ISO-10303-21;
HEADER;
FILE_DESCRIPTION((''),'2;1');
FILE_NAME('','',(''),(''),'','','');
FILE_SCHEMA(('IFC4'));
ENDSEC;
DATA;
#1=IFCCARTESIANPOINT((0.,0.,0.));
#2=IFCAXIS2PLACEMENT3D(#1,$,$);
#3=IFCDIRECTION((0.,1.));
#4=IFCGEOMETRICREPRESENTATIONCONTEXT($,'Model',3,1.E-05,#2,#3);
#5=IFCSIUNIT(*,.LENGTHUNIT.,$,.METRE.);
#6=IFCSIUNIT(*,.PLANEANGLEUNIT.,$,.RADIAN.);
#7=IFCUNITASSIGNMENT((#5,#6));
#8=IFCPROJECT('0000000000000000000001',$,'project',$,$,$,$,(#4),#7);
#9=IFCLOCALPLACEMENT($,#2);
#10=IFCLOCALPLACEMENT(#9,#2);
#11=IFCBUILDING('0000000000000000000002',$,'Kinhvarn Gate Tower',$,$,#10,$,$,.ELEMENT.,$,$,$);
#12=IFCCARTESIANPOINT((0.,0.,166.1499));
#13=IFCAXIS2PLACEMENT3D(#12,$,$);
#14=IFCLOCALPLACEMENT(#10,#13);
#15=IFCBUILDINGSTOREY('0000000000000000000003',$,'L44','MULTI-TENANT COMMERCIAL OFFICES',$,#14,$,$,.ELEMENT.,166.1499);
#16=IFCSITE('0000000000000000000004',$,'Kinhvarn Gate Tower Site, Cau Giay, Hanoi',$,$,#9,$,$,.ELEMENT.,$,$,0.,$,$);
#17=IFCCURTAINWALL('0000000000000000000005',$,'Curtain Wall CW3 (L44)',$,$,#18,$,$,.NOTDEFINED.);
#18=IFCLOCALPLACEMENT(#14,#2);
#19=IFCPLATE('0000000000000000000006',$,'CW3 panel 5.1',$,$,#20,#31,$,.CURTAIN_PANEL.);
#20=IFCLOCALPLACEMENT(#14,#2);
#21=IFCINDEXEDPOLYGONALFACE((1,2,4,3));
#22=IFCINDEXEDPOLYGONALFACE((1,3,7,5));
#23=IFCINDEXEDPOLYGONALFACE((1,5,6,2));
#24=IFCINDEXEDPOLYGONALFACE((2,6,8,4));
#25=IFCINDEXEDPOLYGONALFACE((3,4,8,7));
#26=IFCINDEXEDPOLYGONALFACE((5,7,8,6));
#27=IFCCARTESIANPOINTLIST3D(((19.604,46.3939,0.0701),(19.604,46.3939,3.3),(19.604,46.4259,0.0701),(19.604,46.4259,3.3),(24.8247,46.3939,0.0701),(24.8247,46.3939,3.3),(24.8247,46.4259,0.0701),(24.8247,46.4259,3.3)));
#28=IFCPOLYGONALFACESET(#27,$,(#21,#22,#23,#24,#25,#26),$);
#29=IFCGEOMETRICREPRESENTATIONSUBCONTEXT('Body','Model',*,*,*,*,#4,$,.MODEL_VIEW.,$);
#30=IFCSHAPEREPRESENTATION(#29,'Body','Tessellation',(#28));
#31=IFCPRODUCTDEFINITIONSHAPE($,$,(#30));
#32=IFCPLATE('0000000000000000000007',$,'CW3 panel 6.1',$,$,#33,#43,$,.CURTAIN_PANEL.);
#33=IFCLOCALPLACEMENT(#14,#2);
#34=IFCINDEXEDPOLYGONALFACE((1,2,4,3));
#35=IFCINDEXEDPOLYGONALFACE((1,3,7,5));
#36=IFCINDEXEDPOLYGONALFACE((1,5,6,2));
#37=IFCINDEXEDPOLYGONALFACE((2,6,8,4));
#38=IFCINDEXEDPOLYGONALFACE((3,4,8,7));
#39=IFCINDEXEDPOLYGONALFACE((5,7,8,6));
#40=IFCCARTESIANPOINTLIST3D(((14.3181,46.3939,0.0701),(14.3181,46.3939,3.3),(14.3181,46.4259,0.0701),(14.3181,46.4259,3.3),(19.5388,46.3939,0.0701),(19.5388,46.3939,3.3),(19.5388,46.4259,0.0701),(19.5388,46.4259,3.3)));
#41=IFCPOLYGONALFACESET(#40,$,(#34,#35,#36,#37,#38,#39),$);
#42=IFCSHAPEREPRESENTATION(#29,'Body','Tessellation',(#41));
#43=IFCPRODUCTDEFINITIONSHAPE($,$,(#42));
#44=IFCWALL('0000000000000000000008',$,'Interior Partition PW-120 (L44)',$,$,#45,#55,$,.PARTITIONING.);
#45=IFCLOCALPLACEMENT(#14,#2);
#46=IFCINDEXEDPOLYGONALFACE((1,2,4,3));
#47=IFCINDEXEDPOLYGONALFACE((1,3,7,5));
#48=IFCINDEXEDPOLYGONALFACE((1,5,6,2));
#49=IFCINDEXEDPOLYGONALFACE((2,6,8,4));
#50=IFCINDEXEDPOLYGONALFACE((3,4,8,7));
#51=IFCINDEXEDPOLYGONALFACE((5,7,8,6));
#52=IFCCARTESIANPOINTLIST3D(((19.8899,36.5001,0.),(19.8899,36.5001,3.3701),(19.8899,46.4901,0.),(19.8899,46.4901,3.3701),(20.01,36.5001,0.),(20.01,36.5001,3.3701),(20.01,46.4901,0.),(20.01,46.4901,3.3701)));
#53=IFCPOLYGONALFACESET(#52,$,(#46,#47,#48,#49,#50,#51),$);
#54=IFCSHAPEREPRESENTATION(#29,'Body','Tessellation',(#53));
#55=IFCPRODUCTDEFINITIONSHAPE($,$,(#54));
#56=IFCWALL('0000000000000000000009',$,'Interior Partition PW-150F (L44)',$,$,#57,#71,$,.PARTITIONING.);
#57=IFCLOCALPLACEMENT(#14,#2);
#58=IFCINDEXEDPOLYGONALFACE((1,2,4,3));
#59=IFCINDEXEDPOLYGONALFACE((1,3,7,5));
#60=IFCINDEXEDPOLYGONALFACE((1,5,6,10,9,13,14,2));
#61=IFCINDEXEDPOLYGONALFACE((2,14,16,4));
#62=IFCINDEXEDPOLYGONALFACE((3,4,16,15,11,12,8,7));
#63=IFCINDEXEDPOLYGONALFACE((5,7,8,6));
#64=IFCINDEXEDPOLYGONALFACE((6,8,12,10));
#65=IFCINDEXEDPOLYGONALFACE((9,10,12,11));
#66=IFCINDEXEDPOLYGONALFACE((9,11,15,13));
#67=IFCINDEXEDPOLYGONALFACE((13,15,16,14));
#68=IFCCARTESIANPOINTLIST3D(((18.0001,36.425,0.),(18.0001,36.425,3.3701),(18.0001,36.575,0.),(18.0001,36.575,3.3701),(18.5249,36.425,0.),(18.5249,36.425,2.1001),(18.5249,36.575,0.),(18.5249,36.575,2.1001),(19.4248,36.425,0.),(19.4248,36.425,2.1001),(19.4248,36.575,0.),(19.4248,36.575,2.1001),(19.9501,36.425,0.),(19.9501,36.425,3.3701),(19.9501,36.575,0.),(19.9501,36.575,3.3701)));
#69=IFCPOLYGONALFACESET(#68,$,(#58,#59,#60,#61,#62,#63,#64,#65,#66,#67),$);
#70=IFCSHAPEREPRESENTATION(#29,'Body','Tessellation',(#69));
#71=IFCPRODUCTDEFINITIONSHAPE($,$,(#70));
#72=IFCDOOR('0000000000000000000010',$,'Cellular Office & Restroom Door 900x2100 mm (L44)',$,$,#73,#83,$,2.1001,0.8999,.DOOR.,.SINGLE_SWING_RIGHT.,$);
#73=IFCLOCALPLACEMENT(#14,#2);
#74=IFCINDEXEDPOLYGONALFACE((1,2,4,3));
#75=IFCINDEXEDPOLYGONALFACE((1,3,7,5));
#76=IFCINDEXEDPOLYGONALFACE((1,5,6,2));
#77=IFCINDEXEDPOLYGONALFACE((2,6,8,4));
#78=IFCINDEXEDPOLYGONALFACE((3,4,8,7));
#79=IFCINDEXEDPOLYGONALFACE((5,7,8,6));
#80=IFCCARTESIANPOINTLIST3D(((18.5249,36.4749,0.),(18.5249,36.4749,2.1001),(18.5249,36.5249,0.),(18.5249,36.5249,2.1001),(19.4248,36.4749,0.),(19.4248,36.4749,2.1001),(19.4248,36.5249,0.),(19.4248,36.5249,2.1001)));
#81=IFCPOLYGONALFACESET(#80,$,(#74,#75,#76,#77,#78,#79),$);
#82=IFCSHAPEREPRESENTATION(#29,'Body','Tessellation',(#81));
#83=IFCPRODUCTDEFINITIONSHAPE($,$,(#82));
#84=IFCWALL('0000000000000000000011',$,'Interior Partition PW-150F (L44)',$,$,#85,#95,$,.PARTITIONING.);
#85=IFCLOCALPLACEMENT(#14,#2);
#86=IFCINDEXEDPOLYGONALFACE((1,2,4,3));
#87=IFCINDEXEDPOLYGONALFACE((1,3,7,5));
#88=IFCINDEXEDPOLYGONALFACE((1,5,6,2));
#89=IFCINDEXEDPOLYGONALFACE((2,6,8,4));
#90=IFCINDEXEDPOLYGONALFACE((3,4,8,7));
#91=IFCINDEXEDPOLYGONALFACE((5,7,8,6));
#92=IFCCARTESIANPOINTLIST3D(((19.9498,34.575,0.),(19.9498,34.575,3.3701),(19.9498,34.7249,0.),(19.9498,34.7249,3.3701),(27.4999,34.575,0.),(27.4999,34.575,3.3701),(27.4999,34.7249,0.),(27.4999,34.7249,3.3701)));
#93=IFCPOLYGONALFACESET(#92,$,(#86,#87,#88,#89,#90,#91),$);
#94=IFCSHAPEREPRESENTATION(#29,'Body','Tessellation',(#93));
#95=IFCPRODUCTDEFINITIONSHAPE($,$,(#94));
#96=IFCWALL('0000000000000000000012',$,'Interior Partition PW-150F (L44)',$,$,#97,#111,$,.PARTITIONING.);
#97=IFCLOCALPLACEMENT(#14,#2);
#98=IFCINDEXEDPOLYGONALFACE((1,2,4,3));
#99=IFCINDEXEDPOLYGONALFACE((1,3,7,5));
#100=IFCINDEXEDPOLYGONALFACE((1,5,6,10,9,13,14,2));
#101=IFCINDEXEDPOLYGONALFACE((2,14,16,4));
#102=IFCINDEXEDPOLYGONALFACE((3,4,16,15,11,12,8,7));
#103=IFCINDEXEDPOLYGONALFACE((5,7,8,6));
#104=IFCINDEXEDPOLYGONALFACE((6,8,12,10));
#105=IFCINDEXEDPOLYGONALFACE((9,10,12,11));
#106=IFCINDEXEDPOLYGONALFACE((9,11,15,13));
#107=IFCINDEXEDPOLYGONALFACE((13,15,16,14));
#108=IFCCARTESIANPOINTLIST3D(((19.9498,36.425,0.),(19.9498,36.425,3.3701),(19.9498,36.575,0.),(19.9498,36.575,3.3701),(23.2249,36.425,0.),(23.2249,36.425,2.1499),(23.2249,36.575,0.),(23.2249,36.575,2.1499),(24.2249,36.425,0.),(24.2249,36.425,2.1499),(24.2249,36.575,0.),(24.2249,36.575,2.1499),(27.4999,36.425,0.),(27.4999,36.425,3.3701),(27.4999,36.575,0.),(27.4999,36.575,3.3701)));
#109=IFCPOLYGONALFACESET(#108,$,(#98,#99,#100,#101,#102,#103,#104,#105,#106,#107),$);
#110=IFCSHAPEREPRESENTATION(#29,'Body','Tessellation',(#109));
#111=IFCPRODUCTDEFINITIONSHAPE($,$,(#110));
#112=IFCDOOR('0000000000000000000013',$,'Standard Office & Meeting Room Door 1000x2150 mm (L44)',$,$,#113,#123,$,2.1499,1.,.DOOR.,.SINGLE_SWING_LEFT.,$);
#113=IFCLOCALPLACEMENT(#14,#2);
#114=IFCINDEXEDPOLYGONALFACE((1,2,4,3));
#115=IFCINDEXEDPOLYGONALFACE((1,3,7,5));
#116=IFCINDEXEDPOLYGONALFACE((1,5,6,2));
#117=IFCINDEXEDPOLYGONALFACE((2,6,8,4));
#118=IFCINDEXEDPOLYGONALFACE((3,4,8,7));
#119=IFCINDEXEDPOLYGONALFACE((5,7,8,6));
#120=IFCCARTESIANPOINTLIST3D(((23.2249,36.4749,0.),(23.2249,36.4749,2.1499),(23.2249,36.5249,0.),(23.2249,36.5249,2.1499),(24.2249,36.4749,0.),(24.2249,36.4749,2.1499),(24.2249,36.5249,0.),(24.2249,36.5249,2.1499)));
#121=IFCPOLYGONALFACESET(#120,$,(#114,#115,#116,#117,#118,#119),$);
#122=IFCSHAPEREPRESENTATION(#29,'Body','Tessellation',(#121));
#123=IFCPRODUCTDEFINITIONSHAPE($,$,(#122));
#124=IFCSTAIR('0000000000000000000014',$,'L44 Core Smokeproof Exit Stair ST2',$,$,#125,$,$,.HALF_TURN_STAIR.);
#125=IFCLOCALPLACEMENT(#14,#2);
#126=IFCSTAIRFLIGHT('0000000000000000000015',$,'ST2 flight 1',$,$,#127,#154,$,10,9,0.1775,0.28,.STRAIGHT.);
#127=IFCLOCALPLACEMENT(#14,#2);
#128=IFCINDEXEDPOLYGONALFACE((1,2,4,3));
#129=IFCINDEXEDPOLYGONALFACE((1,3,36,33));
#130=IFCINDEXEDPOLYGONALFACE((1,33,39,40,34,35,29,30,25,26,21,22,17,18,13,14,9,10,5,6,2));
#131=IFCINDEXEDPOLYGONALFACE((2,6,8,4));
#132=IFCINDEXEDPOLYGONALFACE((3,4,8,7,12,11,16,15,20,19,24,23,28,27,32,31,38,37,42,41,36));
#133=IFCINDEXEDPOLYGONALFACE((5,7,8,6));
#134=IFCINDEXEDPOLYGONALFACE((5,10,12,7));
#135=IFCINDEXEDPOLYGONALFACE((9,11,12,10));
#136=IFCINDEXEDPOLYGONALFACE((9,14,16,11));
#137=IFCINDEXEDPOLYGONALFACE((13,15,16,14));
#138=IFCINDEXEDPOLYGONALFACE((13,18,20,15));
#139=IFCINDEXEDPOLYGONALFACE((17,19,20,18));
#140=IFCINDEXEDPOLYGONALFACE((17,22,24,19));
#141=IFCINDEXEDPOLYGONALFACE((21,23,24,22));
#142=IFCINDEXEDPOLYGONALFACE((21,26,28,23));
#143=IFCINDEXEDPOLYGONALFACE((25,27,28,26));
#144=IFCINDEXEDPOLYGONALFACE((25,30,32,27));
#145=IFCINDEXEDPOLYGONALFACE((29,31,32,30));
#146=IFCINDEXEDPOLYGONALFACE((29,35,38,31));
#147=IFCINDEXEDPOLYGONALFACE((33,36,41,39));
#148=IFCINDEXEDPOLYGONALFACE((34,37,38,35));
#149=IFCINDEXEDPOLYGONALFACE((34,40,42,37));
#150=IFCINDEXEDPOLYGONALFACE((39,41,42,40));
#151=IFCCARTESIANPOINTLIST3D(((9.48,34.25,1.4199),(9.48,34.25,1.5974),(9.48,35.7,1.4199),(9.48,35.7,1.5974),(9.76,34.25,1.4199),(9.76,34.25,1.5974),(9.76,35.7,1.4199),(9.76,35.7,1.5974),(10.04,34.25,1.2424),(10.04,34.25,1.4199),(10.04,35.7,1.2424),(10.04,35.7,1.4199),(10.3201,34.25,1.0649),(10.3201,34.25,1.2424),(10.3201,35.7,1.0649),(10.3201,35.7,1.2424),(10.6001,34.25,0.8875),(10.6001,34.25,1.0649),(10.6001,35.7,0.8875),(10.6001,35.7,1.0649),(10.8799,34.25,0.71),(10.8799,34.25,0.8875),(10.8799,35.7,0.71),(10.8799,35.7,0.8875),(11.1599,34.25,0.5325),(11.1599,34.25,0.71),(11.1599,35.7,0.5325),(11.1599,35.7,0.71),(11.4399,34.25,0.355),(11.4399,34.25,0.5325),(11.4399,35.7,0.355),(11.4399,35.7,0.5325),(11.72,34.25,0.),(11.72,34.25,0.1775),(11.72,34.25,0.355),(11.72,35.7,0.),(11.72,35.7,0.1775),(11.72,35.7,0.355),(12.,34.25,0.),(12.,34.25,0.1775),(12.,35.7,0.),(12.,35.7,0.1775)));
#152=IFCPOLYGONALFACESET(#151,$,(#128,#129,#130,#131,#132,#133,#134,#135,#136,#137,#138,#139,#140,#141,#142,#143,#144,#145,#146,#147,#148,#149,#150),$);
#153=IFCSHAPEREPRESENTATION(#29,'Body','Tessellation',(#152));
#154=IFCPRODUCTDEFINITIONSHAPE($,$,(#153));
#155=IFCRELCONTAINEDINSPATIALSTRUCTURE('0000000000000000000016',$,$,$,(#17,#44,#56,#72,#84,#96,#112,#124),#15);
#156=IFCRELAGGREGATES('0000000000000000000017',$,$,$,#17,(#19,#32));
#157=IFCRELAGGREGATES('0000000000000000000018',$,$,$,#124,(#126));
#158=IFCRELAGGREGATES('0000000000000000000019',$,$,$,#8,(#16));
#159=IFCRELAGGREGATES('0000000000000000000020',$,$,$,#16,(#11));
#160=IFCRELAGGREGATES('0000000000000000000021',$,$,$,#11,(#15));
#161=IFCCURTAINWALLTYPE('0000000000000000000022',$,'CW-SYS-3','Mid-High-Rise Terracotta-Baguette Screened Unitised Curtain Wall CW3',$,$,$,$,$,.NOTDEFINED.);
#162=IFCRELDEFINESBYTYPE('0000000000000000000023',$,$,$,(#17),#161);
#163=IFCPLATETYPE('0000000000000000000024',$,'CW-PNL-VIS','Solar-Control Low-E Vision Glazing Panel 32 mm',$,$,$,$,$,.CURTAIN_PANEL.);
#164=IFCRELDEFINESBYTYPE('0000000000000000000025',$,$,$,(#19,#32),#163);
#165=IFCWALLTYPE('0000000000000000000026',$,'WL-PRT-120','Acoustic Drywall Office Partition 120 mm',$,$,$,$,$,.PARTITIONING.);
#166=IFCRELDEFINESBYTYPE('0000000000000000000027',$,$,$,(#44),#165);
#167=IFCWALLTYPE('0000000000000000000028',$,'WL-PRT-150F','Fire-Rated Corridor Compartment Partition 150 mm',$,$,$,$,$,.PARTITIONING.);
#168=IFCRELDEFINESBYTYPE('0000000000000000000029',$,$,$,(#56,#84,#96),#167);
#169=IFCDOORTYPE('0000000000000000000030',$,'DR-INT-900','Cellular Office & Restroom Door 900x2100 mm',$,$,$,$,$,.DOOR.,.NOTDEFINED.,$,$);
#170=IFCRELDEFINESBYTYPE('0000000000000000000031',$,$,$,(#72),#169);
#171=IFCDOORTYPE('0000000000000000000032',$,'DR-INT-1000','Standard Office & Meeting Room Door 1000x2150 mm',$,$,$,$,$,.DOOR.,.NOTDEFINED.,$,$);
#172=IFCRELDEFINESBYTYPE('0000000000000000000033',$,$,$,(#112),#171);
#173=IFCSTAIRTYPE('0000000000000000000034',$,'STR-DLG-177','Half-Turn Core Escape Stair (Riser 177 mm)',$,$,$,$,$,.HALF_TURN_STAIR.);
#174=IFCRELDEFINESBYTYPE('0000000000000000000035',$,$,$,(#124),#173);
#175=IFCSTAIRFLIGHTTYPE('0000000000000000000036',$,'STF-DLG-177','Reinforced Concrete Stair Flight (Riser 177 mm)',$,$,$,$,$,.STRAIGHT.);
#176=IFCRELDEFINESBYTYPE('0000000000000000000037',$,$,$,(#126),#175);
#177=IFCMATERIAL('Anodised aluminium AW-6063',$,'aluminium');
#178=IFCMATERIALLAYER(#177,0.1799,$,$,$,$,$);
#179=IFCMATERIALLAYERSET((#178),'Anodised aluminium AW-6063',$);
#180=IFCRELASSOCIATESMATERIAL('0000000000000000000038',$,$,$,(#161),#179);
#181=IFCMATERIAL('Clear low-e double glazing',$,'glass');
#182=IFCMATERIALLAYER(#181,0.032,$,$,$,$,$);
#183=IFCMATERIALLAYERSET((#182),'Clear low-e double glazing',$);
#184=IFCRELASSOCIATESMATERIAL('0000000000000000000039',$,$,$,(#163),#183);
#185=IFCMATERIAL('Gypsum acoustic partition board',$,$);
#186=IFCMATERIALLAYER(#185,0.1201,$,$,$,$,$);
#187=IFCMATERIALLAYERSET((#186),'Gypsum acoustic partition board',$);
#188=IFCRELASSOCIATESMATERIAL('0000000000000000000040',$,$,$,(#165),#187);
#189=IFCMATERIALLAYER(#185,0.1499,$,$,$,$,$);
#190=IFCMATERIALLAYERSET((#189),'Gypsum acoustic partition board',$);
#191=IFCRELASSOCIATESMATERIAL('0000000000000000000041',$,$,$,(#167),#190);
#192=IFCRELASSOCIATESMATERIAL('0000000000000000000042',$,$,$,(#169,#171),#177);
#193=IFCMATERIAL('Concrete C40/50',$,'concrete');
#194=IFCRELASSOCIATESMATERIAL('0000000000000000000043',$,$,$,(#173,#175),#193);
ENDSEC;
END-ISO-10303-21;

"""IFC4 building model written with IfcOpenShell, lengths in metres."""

from ifc_helpers import new_model, si_unit, direction, frame, frame_2d, origin, origin_2d, place, context, subcontext, project, spatial, polyline, rectangle, outline, extrude, material, layer, layer_set, type_object, element, fill, aggregate, save


model = new_model("IFC4")

# Units and contexts
model_context = context("Model", 3, precision=1e-05, world=origin(), true_north=direction((0.0, 1.0)))
body_context = subcontext(model_context, "Body", "Model", "MODEL_VIEW")
ifc_project = project(units=[si_unit("LENGTHUNIT", "METRE"), si_unit("PLANEANGLEUNIT", "RADIAN")], contexts=[model_context])

# Site, building, storey
site_placement = place(None, origin())
site = spatial("IfcSite", under=ifc_project, at=site_placement, Name="Kinhvarn Gate Tower Site, Cau Giay, Hanoi", CompositionType="ELEMENT", RefElevation=0.0)
building_placement = place(site_placement, origin())
building = spatial("IfcBuilding", under=site, at=building_placement, Name="Kinhvarn Gate Tower", CompositionType="ELEMENT")
storey_placement = place(building_placement, frame((0.0, 0.0, 166.1499)))
storey = spatial("IfcBuildingStorey", under=building, at=storey_placement, Name="L44", Description="MULTI-TENANT COMMERCIAL OFFICES", CompositionType="ELEMENT", Elevation=166.1499)

# Curtain wall
ifc_material_1 = material(Name="Anodised aluminium AW-6063", Category="aluminium")
ifc_layer_1 = layer(ifc_material_1, 0.1799)
ifc_layer_set_1 = layer_set([ifc_layer_1], Name="Anodised aluminium AW-6063")
curtain_wall_type = type_object("IfcCurtainWallType", Name="CW-SYS-3", Description="Mid-High-Rise Terracotta-Baguette Screened Unitised Curtain Wall CW3", PredefinedType="NOTDEFINED", material=ifc_layer_set_1)
curtain_wall_placement = place(storey_placement, origin())
curtain_wall = element("IfcCurtainWall", 1, at=curtain_wall_placement, inside=storey, type_object=curtain_wall_type, Name="Curtain Wall CW3 (L44)", PredefinedType="NOTDEFINED")

# Plates
ifc_material_2 = material(Name="Clear low-e double glazing", Category="glass")
ifc_layer_2 = layer(ifc_material_2, 0.032)
ifc_layer_set_2 = layer_set([ifc_layer_2], Name="Clear low-e double glazing")
plate_type = type_object("IfcPlateType", Name="CW-PNL-VIS", Description="Solar-Control Low-E Vision Glazing Panel 32 mm", PredefinedType="CURTAIN_PANEL", material=ifc_layer_set_2)
plate_1_placement = place(storey_placement, frame((22.2144, 46.4099, 0.0701), z_axis=(0.0, 0.0, 1.0), x_axis=(-1.0, 0.0, 0.0)))
plate_1 = element("IfcPlate", 2, at=plate_1_placement, type_object=plate_type, Name="CW3 panel 5.1", PredefinedType="CURTAIN_PANEL", context=body_context, shape_type="SweptSolid", body=[
    extrude(rectangle(XDim=5.2207, YDim=0.032, at=origin_2d()), origin(), (0.0, 0.0, 1.0), 3.23),
])
plate_2_placement = place(storey_placement, frame((16.9285, 46.4099, 0.0701), z_axis=(0.0, 0.0, 1.0), x_axis=(-1.0, 0.0, 0.0)))
plate_2 = element("IfcPlate", 3, at=plate_2_placement, type_object=plate_type, Name="CW3 panel 6.1", PredefinedType="CURTAIN_PANEL", context=body_context, shape_type="SweptSolid", body=[
    extrude(rectangle(XDim=5.2207, YDim=0.032, at=origin_2d()), origin(), (0.0, 0.0, 1.0), 3.23),
])
aggregate(curtain_wall, [plate_1, plate_2])

# Wall
ifc_material_3 = material(Name="Gypsum acoustic partition board")
ifc_layer_3 = layer(ifc_material_3, 0.1201)
ifc_layer_set_3 = layer_set([ifc_layer_3], Name="Gypsum acoustic partition board")
wall_type_1 = type_object("IfcWallType", Name="WL-PRT-120", Description="Acoustic Drywall Office Partition 120 mm", PredefinedType="PARTITIONING", material=ifc_layer_set_3)
wall_1_placement = place(storey_placement, frame((19.95, 36.5, 0.0), z_axis=(0.0, 0.0, 1.0), x_axis=(0.0, 1.0, 0.0)))
element("IfcWall", 4, at=wall_1_placement, inside=storey, type_object=wall_type_1, Name="Interior Partition PW-120 (L44)", PredefinedType="PARTITIONING", context=body_context, shape_type="SweptSolid", body=[
    extrude(rectangle(XDim=9.99, YDim=0.1201, at=frame_2d((4.9951, 0.0))), origin(), (0.0, 0.0, 1.0), 3.3701),
])

# Wall, opening, door
ifc_layer_4 = layer(ifc_material_3, 0.1499)
ifc_layer_set_4 = layer_set([ifc_layer_4], Name="Gypsum acoustic partition board")
wall_type_2 = type_object("IfcWallType", Name="WL-PRT-150F", Description="Fire-Rated Corridor Compartment Partition 150 mm", PredefinedType="PARTITIONING", material=ifc_layer_set_4)
wall_2_placement = place(storey_placement, frame((18.0, 36.5, 0.0), z_axis=(0.0, 0.0, 1.0), x_axis=(1.0, 0.0, 0.0)))
wall_2 = element("IfcWall", 5, at=wall_2_placement, inside=storey, type_object=wall_type_2, Name="Interior Partition PW-150F (L44)", PredefinedType="PARTITIONING", context=body_context, shape_type="SweptSolid", body=[
    extrude(rectangle(XDim=1.95, YDim=0.1499, at=frame_2d((0.9751, 0.0))), origin(), (0.0, 0.0, 1.0), 3.3701),
])
opening_1_placement = place(wall_2_placement, frame((0.5249, 0.0, 0.0)))
opening_1 = element("IfcOpeningElement", 6, at=opening_1_placement, cuts=wall_2, PredefinedType="OPENING", context=body_context, shape_type="SweptSolid", body=[
    extrude(rectangle(XDim=0.8999, YDim=2.1001, at=frame_2d((0.45, 1.05))), frame((0.0, 0.085, 0.0), z_axis=(0.0, -1.0, 0.0), x_axis=(1.0, 0.0, 0.0)), (0.0, 0.0, 1.0), 0.1699),
])
door_type_1 = type_object("IfcDoorType", Name="DR-INT-900", Description="Cellular Office & Restroom Door 900x2100 mm", OperationType="NOTDEFINED", PredefinedType="DOOR", material=ifc_material_1)
door_1_placement = place(opening_1_placement, origin())
door_1 = element("IfcDoor", 7, at=door_1_placement, inside=storey, type_object=door_type_1, Name="Cellular Office & Restroom Door 900x2100 mm (L44)", OperationType="SINGLE_SWING_RIGHT", OverallHeight=2.1001, OverallWidth=0.8999, PredefinedType="DOOR", context=body_context, shape_type="SweptSolid", body=[
    extrude(rectangle(XDim=0.8999, YDim=2.1001, at=frame_2d((0.45, 1.05))), frame((0.0, 0.0249, 0.0), z_axis=(0.0, -1.0, 0.0), x_axis=(1.0, 0.0, 0.0)), (0.0, 0.0, 1.0), 0.05),
])
fill(opening_1, door_1)

# Wall
wall_3_placement = place(storey_placement, frame((19.95, 34.6499, 0.0), z_axis=(0.0, 0.0, 1.0), x_axis=(1.0, 0.0, 0.0)))
element("IfcWall", 8, at=wall_3_placement, inside=storey, type_object=wall_type_2, Name="Interior Partition PW-150F (L44)", PredefinedType="PARTITIONING", context=body_context, shape_type="SweptSolid", body=[
    extrude(rectangle(XDim=7.55, YDim=0.1499, at=frame_2d((3.7749, 0.0))), origin(), (0.0, 0.0, 1.0), 3.3701),
])

# Wall, opening, door
wall_4_placement = place(storey_placement, frame((19.95, 36.5, 0.0), z_axis=(0.0, 0.0, 1.0), x_axis=(1.0, 0.0, 0.0)))
wall_4 = element("IfcWall", 9, at=wall_4_placement, inside=storey, type_object=wall_type_2, Name="Interior Partition PW-150F (L44)", PredefinedType="PARTITIONING", context=body_context, shape_type="SweptSolid", body=[
    extrude(rectangle(XDim=7.55, YDim=0.1499, at=frame_2d((3.7749, 0.0))), origin(), (0.0, 0.0, 1.0), 3.3701),
])
opening_2_placement = place(wall_4_placement, frame((3.2749, 0.0, 0.0)))
opening_2 = element("IfcOpeningElement", 10, at=opening_2_placement, cuts=wall_4, PredefinedType="OPENING", context=body_context, shape_type="SweptSolid", body=[
    extrude(rectangle(XDim=1.0, YDim=2.1499, at=frame_2d((0.5, 1.075))), frame((0.0, 0.085, 0.0), z_axis=(0.0, -1.0, 0.0), x_axis=(1.0, 0.0, 0.0)), (0.0, 0.0, 1.0), 0.1699),
])
door_type_2 = type_object("IfcDoorType", Name="DR-INT-1000", Description="Standard Office & Meeting Room Door 1000x2150 mm", OperationType="NOTDEFINED", PredefinedType="DOOR", material=ifc_material_1)
door_2_placement = place(opening_2_placement, origin())
door_2 = element("IfcDoor", 11, at=door_2_placement, inside=storey, type_object=door_type_2, Name="Standard Office & Meeting Room Door 1000x2150 mm (L44)", OperationType="SINGLE_SWING_LEFT", OverallHeight=2.1499, OverallWidth=1.0, PredefinedType="DOOR", context=body_context, shape_type="SweptSolid", body=[
    extrude(rectangle(XDim=1.0, YDim=2.1499, at=frame_2d((0.5, 1.075))), frame((0.0, 0.0249, 0.0), z_axis=(0.0, -1.0, 0.0), x_axis=(1.0, 0.0, 0.0)), (0.0, 0.0, 1.0), 0.05),
])
fill(opening_2, door_2)
ifc_material_4 = material(Name="Concrete C40/50", Category="concrete")

# Stair, stair flight
stair_type = type_object("IfcStairType", Name="STR-DLG-177", Description="Half-Turn Core Escape Stair (Riser 177 mm)", PredefinedType="HALF_TURN_STAIR", material=ifc_material_4)
stair_placement = place(storey_placement, origin())
stair = element("IfcStair", 12, at=stair_placement, inside=storey, type_object=stair_type, Name="L44 Core Smokeproof Exit Stair ST2", PredefinedType="HALF_TURN_STAIR")
stair_flight_type = type_object("IfcStairFlightType", Name="STF-DLG-177", Description="Reinforced Concrete Stair Flight (Riser 177 mm)", PredefinedType="STRAIGHT", material=ifc_material_4)
stair_flight_placement = place(storey_placement, frame((12.0, 34.9751, 0.0), z_axis=(0.0, 0.0, 1.0), x_axis=(-1.0, 0.0, 0.0)))
stair_flight = element("IfcStairFlight", 13, at=stair_flight_placement, type_object=stair_flight_type, Name="ST2 flight 1", NumberOfRisers=10, NumberOfTreads=9, PredefinedType="STRAIGHT", RiserHeight=0.1775, TreadLength=0.28, context=body_context, shape_type="SweptSolid", body=[
    extrude(outline(polyline([(0.0, 0.0), (0.0, 0.1775), (0.28, 0.1775), (0.28, 0.355), (0.5601, 0.355), (0.5601, 0.5325), (0.8401, 0.5325), (0.8401, 0.71), (1.1201, 0.71), (1.1201, 0.8875), (1.3999, 0.8875), (1.3999, 1.0649), (1.6799, 1.0649), (1.6799, 1.2424), (1.96, 1.2424), (1.96, 1.4199), (2.24, 1.4199), (2.24, 1.5974), (2.52, 1.5974), (2.52, 1.7749), (2.52, 1.4199), (0.28, 0.0), (0.0, 0.0)])), frame((0.0, 0.7251, 0.0), z_axis=(0.0, -1.0, 0.0), x_axis=(1.0, 0.0, 0.0)), (0.0, 0.0, 1.0), 1.45),
])
aggregate(stair, [stair_flight])

save(model, "model.ifc")
